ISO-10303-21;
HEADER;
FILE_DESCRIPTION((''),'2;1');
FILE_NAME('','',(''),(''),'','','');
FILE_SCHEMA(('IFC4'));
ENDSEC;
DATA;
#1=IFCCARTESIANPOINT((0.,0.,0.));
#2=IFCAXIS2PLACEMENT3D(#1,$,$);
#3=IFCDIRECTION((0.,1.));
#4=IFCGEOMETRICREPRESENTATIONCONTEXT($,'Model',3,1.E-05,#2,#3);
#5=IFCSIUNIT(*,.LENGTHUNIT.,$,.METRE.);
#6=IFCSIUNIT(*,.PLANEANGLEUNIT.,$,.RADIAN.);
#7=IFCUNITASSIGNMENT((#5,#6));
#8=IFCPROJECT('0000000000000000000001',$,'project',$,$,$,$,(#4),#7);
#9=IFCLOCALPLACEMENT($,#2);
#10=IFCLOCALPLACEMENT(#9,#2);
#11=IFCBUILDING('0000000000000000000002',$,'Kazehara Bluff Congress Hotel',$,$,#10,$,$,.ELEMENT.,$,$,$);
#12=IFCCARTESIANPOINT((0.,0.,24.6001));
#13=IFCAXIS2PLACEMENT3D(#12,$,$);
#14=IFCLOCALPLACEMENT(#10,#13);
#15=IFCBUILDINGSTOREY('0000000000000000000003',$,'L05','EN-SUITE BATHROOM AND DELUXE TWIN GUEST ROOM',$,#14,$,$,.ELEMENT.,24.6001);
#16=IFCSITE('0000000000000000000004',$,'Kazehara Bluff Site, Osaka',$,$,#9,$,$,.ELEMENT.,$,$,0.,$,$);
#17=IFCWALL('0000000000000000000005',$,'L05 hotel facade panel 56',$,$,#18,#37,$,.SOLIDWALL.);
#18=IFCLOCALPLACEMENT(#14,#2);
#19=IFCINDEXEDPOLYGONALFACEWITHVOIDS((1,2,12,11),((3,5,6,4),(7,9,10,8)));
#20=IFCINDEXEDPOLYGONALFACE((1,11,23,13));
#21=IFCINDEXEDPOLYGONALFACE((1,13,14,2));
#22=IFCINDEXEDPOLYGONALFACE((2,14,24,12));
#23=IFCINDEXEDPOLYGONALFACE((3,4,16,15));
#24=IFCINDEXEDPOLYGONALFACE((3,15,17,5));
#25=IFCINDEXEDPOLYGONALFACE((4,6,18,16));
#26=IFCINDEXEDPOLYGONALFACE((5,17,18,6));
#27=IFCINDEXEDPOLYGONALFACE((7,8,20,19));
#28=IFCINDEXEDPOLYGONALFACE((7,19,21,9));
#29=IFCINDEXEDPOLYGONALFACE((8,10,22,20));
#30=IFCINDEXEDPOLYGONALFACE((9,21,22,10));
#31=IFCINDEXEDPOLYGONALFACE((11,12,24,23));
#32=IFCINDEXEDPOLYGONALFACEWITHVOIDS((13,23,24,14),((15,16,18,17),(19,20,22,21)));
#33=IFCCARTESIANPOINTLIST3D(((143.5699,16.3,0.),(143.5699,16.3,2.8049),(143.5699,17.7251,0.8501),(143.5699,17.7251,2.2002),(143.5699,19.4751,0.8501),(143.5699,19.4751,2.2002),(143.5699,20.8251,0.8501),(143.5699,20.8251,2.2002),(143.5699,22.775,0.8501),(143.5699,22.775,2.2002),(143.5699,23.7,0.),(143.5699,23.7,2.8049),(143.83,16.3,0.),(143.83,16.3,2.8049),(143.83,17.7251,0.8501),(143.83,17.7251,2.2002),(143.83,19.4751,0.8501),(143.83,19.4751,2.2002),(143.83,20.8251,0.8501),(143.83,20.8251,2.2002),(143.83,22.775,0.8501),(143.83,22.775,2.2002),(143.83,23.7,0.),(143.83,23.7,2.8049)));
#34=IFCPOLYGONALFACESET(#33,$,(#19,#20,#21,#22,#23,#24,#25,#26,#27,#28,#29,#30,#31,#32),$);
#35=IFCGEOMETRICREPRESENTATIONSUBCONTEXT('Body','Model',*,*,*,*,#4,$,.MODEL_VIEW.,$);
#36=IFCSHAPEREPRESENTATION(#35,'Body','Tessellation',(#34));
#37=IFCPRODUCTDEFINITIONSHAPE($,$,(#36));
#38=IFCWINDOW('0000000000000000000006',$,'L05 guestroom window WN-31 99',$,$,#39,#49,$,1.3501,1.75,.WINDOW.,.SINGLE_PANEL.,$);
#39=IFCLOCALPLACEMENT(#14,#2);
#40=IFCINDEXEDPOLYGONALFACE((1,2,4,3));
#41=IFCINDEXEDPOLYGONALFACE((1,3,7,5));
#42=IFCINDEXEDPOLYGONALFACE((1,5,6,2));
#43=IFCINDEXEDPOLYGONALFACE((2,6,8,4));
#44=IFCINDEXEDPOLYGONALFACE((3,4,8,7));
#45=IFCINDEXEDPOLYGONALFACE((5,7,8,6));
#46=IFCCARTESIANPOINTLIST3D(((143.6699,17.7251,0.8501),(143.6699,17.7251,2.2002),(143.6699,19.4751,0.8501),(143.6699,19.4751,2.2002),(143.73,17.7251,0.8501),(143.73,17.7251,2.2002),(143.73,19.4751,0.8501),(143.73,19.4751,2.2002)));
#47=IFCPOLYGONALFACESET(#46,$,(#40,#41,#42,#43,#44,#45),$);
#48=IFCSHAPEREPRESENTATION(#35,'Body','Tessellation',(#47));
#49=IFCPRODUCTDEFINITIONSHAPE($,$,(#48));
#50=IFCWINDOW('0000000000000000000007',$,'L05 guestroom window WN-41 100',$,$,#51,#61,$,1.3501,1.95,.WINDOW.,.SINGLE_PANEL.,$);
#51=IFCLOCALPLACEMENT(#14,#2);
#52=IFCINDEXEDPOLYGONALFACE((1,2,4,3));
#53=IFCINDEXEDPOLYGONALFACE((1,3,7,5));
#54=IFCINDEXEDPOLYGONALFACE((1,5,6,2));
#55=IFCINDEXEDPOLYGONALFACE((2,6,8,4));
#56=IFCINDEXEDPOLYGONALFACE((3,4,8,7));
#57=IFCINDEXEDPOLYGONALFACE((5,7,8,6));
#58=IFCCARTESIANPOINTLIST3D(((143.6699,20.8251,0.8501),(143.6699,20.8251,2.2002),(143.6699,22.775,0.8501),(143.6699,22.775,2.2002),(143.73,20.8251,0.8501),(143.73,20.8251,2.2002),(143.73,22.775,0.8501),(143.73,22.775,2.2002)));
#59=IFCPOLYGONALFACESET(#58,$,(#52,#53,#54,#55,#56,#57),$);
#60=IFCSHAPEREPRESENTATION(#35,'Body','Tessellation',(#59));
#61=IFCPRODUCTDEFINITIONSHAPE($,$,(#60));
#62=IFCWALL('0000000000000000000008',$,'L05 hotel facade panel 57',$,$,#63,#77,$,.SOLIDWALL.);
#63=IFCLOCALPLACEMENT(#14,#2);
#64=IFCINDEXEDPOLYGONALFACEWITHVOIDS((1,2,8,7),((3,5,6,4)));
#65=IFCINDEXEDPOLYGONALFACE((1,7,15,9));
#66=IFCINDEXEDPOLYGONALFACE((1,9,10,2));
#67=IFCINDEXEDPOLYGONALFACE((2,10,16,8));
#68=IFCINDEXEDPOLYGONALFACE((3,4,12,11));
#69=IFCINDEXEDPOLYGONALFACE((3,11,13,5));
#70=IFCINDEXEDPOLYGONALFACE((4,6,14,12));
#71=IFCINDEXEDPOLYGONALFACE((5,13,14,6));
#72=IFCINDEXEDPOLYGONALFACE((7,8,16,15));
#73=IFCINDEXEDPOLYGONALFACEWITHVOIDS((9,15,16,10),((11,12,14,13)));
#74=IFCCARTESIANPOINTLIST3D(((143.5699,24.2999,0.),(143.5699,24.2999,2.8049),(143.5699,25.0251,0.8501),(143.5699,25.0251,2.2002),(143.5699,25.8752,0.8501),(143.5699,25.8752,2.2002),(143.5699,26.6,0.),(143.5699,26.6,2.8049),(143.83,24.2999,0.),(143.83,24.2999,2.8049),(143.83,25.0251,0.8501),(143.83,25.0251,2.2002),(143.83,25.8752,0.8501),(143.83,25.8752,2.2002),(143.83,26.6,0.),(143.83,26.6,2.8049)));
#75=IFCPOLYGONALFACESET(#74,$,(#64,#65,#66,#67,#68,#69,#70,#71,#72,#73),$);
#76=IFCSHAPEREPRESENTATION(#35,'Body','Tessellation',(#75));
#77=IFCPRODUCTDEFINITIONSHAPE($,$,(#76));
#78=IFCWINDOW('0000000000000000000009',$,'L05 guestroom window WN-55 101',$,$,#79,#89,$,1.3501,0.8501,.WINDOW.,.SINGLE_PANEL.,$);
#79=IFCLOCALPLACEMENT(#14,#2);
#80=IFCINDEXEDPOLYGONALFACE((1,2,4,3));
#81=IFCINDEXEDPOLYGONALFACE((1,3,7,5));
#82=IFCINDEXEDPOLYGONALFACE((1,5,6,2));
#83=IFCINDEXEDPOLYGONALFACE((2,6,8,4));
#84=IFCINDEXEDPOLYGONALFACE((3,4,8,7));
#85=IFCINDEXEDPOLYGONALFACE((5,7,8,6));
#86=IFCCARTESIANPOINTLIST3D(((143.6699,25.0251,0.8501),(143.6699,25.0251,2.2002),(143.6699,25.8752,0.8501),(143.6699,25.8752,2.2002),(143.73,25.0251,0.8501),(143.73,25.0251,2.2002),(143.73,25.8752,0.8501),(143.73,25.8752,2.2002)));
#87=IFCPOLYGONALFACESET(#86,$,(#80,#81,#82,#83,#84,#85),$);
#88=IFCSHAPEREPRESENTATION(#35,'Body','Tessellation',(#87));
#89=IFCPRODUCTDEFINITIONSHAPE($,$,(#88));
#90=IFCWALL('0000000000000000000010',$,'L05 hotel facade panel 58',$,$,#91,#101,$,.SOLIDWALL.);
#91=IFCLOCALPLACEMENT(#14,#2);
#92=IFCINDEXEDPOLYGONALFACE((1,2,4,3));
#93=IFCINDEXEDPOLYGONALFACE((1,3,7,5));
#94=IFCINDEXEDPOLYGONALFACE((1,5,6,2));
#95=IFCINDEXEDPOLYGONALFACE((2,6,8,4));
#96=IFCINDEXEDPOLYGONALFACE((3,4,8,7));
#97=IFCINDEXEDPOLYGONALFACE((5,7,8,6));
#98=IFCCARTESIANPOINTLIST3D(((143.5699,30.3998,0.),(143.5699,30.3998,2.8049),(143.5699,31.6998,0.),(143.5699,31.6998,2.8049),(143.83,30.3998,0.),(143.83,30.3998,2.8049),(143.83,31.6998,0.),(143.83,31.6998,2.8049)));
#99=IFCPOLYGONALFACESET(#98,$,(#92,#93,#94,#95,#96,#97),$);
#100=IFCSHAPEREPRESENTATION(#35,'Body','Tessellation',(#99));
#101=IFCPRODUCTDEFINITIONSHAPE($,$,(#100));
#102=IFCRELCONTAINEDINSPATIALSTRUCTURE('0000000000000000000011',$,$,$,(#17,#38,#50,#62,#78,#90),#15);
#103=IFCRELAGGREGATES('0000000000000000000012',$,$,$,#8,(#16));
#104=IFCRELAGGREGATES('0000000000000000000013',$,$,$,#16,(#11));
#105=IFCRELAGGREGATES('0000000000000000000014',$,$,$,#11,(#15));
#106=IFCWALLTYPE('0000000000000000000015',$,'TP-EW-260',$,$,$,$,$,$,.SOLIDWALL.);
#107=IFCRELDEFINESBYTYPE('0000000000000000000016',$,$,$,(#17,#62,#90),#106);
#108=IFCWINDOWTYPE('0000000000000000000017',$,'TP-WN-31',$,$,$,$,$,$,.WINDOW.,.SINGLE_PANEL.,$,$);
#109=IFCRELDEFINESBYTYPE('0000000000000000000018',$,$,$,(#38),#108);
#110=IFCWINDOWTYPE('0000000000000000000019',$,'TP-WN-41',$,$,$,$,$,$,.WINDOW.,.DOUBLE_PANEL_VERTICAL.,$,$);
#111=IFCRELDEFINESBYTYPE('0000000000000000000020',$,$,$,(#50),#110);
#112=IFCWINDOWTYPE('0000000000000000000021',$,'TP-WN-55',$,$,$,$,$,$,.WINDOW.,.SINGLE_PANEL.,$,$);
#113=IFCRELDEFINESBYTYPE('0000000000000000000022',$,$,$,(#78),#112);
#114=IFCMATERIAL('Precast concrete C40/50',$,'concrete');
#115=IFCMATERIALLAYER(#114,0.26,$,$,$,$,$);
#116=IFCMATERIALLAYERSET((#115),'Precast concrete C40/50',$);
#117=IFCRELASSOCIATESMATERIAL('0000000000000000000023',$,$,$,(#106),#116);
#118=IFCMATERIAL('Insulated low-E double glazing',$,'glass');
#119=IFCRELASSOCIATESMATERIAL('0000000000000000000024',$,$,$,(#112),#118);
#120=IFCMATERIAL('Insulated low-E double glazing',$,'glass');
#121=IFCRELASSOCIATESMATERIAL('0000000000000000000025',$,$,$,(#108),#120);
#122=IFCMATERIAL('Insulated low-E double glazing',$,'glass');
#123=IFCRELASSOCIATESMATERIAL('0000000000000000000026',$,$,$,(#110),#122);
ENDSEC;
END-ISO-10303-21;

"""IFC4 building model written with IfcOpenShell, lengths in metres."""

from ifc_helpers import new_model, si_unit, direction, frame, frame_2d, origin, place, context, subcontext, project, spatial, rectangle, extrude, material, layer, layer_set, type_object, element, fill, save


model = new_model("IFC4")

# Units and contexts
model_context = context("Model", 3, precision=1e-05, world=origin(), true_north=direction((0.0, 1.0)))
body_context = subcontext(model_context, "Body", "Model", "MODEL_VIEW")
ifc_project = project(units=[si_unit("LENGTHUNIT", "METRE"), si_unit("PLANEANGLEUNIT", "RADIAN")], contexts=[model_context])

# Site, building, storey
site_placement = place(None, origin())
site = spatial("IfcSite", under=ifc_project, at=site_placement, Name="Kazehara Bluff Site, Osaka", CompositionType="ELEMENT", RefElevation=0.0)
building_placement = place(site_placement, origin())
building = spatial("IfcBuilding", under=site, at=building_placement, Name="Kazehara Bluff Congress Hotel", CompositionType="ELEMENT")
storey_placement = place(building_placement, frame((0.0, 0.0, 24.6001)))
storey = spatial("IfcBuildingStorey", under=building, at=storey_placement, Name="L05", Description="EN-SUITE BATHROOM AND DELUXE TWIN GUEST ROOM", CompositionType="ELEMENT", Elevation=24.6001)

# Wall, openings, windows
ifc_material_1 = material(Name="Precast concrete C40/50", Category="concrete")
ifc_layer_1 = layer(ifc_material_1, 0.26)
ifc_layer_set_1 = layer_set([ifc_layer_1], Name="Precast concrete C40/50")
wall_type_1 = type_object("IfcWallType", Name="TP-EW-260", PredefinedType="SOLIDWALL", material=ifc_layer_set_1)
ifc_material_2 = material(Name="Insulated low-E double glazing", Category="glass")
window_type_1 = type_object("IfcWindowType", Name="TP-WN-55", PartitioningType="SINGLE_PANEL", PredefinedType="WINDOW", material=ifc_material_2)
wall_1_placement = place(storey_placement, frame((143.7, 16.3, 0.0), z_axis=(0.0, 0.0, 1.0), x_axis=(0.0, 1.0, 0.0)))
wall_1 = element("IfcWall", 1, at=wall_1_placement, inside=storey, type_object=wall_type_1, Name="L05 hotel facade panel 56", PredefinedType="SOLIDWALL", context=body_context, shape_type="SweptSolid", body=[
    extrude(rectangle(XDim=7.3999, YDim=0.26, at=frame_2d((3.7, 0.0))), origin(), (0.0, 0.0, 1.0), 2.8049),
])
opening_1_placement = place(wall_1_placement, frame((1.425, 0.0, 0.8501)))
opening_1 = element("IfcOpeningElement", 2, at=opening_1_placement, cuts=wall_1, PredefinedType="OPENING", context=body_context, shape_type="SweptSolid", body=[
    extrude(rectangle(XDim=1.75, YDim=1.3501, at=frame_2d((0.875, 0.675))), frame((0.0, 0.1399, 0.0), z_axis=(0.0, -1.0, 0.0), x_axis=(1.0, 0.0, 0.0)), (0.0, 0.0, 1.0), 0.28),
])
opening_2_placement = place(wall_1_placement, frame((4.5249, 0.0, 0.8501)))
opening_2 = element("IfcOpeningElement", 3, at=opening_2_placement, cuts=wall_1, PredefinedType="OPENING", context=body_context, shape_type="SweptSolid", body=[
    extrude(rectangle(XDim=1.95, YDim=1.3501, at=frame_2d((0.9751, 0.675))), frame((0.0, 0.1399, 0.0), z_axis=(0.0, -1.0, 0.0), x_axis=(1.0, 0.0, 0.0)), (0.0, 0.0, 1.0), 0.28),
])
ifc_material_3 = material(Name="Insulated low-E double glazing", Category="glass")
window_type_2 = type_object("IfcWindowType", Name="TP-WN-31", PartitioningType="SINGLE_PANEL", PredefinedType="WINDOW", material=ifc_material_3)
window_1_placement = place(opening_1_placement, origin())
window_1 = element("IfcWindow", 4, at=window_1_placement, inside=storey, type_object=window_type_2, Name="L05 guestroom window WN-31 99", OverallHeight=1.3501, OverallWidth=1.75, PartitioningType="SINGLE_PANEL", PredefinedType="WINDOW", context=body_context, shape_type="SweptSolid", body=[
    extrude(rectangle(XDim=1.75, YDim=1.3501, at=frame_2d((0.875, 0.675))), frame((0.0, 0.03, 0.0), z_axis=(0.0, -1.0, 0.0), x_axis=(1.0, 0.0, 0.0)), (0.0, 0.0, 1.0), 0.0601),
])
fill(opening_1, window_1)
ifc_material_4 = material(Name="Insulated low-E double glazing", Category="glass")
window_type_3 = type_object("IfcWindowType", Name="TP-WN-41", PartitioningType="DOUBLE_PANEL_VERTICAL", PredefinedType="WINDOW", material=ifc_material_4)
window_2_placement = place(opening_2_placement, origin())
window_2 = element("IfcWindow", 5, at=window_2_placement, inside=storey, type_object=window_type_3, Name="L05 guestroom window WN-41 100", OverallHeight=1.3501, OverallWidth=1.95, PartitioningType="SINGLE_PANEL", PredefinedType="WINDOW", context=body_context, shape_type="SweptSolid", body=[
    extrude(rectangle(XDim=1.95, YDim=1.3501, at=frame_2d((0.9751, 0.675))), frame((0.0, 0.03, 0.0), z_axis=(0.0, -1.0, 0.0), x_axis=(1.0, 0.0, 0.0)), (0.0, 0.0, 1.0), 0.0601),
])
fill(opening_2, window_2)

# Wall, opening, window
wall_2_placement = place(storey_placement, frame((143.7, 24.3, 0.0), z_axis=(0.0, 0.0, 1.0), x_axis=(0.0, 1.0, 0.0)))
wall_2 = element("IfcWall", 6, at=wall_2_placement, inside=storey, type_object=wall_type_1, Name="L05 hotel facade panel 57", PredefinedType="SOLIDWALL", context=body_context, shape_type="SweptSolid", body=[
    extrude(rectangle(XDim=2.3, YDim=0.26, at=frame_2d((1.1499, 0.0))), origin(), (0.0, 0.0, 1.0), 2.8049),
])
opening_3_placement = place(wall_2_placement, frame((0.7251, 0.0, 0.8501)))
opening_3 = element("IfcOpeningElement", 7, at=opening_3_placement, cuts=wall_2, PredefinedType="OPENING", context=body_context, shape_type="SweptSolid", body=[
    extrude(rectangle(XDim=0.8501, YDim=1.3501, at=frame_2d((0.425, 0.675))), frame((0.0, 0.1399, 0.0), z_axis=(0.0, -1.0, 0.0), x_axis=(1.0, 0.0, 0.0)), (0.0, 0.0, 1.0), 0.28),
])
window_3_placement = place(opening_3_placement, origin())
window_3 = element("IfcWindow", 8, at=window_3_placement, inside=storey, type_object=window_type_1, Name="L05 guestroom window WN-55 101", OverallHeight=1.3501, OverallWidth=0.8501, PartitioningType="SINGLE_PANEL", PredefinedType="WINDOW", context=body_context, shape_type="SweptSolid", body=[
    extrude(rectangle(XDim=0.8501, YDim=1.3501, at=frame_2d((0.425, 0.675))), frame((0.0, 0.03, 0.0), z_axis=(0.0, -1.0, 0.0), x_axis=(1.0, 0.0, 0.0)), (0.0, 0.0, 1.0), 0.0601),
])
fill(opening_3, window_3)

# Wall
wall_3_placement = place(storey_placement, frame((143.7, 30.3999, 0.0), z_axis=(0.0, 0.0, 1.0), x_axis=(0.0, 1.0, 0.0)))
element("IfcWall", 9, at=wall_3_placement, inside=storey, type_object=wall_type_1, Name="L05 hotel facade panel 58", PredefinedType="SOLIDWALL", context=body_context, shape_type="SweptSolid", body=[
    extrude(rectangle(XDim=1.3, YDim=0.26, at=frame_2d((0.6499, 0.0))), origin(), (0.0, 0.0, 1.0), 2.8049),
])

save(model, "model.ifc")
